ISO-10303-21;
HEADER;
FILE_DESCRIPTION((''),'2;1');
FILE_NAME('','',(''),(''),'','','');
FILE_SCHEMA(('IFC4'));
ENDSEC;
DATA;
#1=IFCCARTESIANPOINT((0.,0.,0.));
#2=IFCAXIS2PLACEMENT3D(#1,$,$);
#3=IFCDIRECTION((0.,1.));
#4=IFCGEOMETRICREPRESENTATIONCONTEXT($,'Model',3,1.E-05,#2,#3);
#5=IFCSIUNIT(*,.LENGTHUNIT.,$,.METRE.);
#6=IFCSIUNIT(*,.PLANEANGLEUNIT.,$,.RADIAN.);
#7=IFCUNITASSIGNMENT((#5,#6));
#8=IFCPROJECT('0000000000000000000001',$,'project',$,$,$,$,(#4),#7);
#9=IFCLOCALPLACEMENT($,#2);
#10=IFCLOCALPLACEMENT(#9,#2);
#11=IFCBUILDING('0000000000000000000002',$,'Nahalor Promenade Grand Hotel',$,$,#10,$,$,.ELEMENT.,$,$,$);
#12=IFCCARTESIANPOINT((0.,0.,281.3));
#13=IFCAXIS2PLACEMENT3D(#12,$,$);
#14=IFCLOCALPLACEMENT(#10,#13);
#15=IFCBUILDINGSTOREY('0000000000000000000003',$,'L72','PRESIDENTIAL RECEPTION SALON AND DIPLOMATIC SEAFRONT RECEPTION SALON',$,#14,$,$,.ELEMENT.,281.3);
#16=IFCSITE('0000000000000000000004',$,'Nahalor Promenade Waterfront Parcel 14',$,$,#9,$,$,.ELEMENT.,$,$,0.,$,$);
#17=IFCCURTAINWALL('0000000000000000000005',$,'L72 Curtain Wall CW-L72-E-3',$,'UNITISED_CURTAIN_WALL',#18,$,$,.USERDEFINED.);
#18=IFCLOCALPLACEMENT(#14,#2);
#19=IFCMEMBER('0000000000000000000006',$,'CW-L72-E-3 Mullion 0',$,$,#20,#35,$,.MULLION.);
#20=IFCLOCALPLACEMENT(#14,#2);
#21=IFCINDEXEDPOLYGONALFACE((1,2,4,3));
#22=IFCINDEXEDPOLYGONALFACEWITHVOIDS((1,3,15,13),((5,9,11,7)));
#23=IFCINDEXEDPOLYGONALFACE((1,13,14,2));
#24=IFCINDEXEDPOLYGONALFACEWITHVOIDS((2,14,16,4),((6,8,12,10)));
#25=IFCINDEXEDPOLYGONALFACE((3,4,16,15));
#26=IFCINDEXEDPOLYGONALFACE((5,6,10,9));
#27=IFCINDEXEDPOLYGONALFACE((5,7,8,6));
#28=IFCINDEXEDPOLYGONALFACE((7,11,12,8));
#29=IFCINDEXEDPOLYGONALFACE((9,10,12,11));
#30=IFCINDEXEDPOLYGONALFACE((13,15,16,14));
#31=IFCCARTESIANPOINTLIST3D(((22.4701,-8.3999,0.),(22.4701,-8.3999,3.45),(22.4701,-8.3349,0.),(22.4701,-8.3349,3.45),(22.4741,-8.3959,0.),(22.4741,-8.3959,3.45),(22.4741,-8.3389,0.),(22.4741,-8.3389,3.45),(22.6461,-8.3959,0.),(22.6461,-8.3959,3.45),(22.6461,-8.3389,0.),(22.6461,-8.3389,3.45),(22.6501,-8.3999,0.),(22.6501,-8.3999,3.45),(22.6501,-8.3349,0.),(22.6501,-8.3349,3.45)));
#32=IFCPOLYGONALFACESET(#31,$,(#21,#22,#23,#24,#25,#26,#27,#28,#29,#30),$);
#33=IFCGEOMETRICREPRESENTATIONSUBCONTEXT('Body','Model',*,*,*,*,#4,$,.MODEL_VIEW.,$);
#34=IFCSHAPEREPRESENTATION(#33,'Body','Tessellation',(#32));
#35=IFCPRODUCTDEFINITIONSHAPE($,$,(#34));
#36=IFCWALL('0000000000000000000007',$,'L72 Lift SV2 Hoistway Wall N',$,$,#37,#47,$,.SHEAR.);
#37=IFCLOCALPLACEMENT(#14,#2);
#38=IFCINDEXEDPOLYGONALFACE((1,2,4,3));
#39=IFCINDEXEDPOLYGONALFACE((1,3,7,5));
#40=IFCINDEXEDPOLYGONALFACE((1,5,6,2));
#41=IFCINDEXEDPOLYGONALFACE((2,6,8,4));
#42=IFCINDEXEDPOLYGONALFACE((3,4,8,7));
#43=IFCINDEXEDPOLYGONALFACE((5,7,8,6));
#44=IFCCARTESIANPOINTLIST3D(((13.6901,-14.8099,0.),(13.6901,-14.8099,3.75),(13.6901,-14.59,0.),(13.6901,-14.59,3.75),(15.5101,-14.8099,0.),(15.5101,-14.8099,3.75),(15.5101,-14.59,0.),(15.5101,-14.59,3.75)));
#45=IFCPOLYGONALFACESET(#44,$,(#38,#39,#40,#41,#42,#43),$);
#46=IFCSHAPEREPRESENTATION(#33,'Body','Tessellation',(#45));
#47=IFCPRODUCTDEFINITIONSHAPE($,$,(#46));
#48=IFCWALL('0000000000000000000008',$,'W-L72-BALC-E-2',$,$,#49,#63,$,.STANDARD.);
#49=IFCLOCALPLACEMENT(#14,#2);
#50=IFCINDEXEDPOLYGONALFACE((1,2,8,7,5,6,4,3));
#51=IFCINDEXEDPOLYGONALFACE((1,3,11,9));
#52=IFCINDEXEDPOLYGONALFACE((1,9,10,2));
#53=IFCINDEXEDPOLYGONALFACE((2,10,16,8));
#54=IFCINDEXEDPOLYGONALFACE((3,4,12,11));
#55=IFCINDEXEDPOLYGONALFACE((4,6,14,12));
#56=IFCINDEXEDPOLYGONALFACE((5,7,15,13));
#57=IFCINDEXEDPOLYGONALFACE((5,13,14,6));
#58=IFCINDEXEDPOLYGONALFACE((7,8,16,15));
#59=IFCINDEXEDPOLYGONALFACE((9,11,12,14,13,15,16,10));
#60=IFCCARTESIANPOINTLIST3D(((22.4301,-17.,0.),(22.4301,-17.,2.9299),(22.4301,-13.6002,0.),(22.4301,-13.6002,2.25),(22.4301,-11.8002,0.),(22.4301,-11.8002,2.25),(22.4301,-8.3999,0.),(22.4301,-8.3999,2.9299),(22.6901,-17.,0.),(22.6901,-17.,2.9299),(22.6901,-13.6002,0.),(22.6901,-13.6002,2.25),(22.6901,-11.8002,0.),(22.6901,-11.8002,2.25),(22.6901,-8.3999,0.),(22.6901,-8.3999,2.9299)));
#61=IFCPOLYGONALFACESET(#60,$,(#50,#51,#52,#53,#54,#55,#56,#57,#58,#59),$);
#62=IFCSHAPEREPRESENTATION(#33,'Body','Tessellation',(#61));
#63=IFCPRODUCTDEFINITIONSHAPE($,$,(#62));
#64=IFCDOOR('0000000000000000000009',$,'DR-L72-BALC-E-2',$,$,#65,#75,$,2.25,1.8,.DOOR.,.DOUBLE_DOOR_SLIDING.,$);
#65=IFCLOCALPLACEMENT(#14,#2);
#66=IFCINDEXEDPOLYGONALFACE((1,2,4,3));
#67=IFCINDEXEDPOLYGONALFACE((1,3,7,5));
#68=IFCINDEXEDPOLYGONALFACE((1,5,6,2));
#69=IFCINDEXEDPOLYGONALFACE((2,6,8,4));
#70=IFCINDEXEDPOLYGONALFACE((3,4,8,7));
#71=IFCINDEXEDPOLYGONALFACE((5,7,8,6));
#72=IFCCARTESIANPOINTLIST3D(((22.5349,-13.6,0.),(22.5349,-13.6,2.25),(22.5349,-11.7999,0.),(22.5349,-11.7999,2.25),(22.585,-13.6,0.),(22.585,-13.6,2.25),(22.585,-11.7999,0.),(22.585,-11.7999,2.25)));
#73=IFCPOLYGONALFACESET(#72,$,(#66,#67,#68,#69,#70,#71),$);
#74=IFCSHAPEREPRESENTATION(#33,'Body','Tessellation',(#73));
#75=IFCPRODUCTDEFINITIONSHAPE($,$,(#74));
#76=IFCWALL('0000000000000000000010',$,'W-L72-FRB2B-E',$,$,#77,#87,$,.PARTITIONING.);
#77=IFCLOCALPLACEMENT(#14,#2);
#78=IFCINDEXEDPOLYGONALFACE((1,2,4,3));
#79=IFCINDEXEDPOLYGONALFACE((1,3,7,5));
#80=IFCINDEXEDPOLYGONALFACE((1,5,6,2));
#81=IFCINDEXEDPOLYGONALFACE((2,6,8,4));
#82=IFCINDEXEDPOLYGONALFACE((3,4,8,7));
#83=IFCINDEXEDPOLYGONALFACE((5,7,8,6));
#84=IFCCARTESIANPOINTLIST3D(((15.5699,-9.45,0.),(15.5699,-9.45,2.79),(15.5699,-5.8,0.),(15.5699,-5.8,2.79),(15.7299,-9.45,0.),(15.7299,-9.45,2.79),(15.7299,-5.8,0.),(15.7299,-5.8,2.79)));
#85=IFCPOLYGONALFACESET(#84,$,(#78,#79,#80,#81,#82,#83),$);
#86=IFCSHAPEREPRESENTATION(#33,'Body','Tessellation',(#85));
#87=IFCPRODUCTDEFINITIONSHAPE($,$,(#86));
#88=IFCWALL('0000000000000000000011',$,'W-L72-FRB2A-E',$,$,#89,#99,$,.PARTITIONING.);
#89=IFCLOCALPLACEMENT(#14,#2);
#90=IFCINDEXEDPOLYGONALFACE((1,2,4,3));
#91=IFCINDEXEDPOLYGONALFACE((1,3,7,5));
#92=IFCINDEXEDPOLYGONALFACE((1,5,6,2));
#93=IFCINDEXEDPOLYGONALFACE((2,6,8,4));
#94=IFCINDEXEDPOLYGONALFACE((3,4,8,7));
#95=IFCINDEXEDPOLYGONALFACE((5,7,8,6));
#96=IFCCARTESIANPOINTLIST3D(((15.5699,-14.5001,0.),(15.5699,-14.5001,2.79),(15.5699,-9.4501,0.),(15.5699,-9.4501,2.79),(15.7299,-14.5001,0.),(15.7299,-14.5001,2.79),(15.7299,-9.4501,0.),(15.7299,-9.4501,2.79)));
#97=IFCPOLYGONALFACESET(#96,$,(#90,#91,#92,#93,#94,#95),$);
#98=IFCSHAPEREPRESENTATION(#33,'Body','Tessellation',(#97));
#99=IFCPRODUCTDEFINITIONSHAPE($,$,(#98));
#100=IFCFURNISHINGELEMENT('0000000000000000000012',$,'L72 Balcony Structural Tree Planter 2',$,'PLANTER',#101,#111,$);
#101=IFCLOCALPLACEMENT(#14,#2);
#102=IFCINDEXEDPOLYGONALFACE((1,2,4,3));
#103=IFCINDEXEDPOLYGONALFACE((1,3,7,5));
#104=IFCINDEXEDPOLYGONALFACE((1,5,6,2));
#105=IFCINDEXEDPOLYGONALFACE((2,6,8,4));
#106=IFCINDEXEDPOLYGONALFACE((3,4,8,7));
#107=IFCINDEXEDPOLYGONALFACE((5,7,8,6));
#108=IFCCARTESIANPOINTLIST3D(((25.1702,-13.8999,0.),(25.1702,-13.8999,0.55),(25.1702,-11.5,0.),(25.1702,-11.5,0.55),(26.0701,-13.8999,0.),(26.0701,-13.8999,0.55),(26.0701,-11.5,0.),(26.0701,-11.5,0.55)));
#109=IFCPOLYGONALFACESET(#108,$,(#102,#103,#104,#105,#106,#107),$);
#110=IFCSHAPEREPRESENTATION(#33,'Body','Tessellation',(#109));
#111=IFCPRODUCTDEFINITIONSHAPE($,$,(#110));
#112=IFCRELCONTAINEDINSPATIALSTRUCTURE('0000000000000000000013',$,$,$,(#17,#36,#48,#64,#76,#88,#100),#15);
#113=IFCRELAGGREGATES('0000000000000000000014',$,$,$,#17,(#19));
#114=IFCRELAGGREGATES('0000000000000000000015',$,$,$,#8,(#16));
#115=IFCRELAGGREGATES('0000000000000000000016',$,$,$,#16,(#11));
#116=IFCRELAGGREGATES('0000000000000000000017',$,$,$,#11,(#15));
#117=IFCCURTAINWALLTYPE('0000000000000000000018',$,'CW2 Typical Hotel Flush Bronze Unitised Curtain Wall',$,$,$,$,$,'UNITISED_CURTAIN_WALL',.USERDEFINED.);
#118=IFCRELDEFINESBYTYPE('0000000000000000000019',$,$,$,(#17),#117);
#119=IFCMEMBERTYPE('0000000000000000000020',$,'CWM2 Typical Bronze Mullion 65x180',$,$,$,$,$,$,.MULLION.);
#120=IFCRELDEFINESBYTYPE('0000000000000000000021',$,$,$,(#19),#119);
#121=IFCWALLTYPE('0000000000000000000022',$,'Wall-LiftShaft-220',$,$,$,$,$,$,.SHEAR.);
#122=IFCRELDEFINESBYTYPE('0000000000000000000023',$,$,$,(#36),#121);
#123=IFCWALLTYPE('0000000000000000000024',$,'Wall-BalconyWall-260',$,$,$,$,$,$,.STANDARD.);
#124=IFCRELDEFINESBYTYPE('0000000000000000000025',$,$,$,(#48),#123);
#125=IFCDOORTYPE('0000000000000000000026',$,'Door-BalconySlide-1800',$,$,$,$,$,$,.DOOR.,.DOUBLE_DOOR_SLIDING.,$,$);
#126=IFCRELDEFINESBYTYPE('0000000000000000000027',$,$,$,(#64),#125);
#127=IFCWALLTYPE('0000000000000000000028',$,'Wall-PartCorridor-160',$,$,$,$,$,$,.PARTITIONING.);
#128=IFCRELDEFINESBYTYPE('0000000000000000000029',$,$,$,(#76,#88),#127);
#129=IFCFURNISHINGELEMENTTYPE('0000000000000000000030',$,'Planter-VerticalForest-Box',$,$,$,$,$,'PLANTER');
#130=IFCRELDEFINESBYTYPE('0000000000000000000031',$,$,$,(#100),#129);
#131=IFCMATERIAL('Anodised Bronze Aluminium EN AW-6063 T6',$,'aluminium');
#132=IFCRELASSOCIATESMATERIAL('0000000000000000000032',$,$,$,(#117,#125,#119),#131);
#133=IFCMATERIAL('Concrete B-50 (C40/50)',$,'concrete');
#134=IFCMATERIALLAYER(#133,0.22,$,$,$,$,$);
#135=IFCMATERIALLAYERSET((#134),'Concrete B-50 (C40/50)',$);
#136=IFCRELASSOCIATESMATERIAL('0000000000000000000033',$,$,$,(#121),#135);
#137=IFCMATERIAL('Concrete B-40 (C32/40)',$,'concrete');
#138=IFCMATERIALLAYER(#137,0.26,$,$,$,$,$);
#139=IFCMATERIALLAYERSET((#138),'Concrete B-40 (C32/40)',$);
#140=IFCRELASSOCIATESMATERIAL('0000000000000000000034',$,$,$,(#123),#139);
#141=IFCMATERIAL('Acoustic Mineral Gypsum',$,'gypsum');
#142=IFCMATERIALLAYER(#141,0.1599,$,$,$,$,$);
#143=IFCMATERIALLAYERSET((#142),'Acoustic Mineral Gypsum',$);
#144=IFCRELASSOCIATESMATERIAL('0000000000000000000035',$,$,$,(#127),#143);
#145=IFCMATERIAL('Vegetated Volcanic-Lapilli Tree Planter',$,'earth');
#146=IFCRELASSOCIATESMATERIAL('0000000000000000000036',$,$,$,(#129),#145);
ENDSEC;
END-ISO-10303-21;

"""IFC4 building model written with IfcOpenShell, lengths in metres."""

from ifc_helpers import new_model, si_unit, direction, frame, frame_2d, origin, origin_2d, place, context, subcontext, project, spatial, rectangle, hollow_rectangle, extrude, source, transform, mapped, material, layer, layer_set, material_profile, profile_set, type_object, element, fill, aggregate, save


model = new_model("IFC4")

# Units and contexts
model_context = context("Model", 3, precision=1e-05, world=origin(), true_north=direction((0.0, 1.0)))
body_context = subcontext(model_context, "Body", "Model", "MODEL_VIEW")
ifc_project = project(units=[si_unit("LENGTHUNIT", "METRE"), si_unit("PLANEANGLEUNIT", "RADIAN")], contexts=[model_context])

# Site, building, storey
site_placement = place(None, origin())
site = spatial("IfcSite", under=ifc_project, at=site_placement, Name="Nahalor Promenade Waterfront Parcel 14", CompositionType="ELEMENT", RefElevation=0.0)
building_placement = place(site_placement, origin())
building = spatial("IfcBuilding", under=site, at=building_placement, Name="Nahalor Promenade Grand Hotel", CompositionType="ELEMENT")
storey_placement = place(building_placement, frame((0.0, 0.0, 281.3)))
storey = spatial("IfcBuildingStorey", under=building, at=storey_placement, Name="L72", Description="PRESIDENTIAL RECEPTION SALON AND DIPLOMATIC SEAFRONT RECEPTION SALON", CompositionType="ELEMENT", Elevation=281.3)

# Curtain wall, member
ifc_material_1 = material(Name="Anodised Bronze Aluminium EN AW-6063 T6", Category="aluminium")
curtain_wall_type = type_object("IfcCurtainWallType", Name="CW2 Typical Hotel Flush Bronze Unitised Curtain Wall", ElementType="UNITISED_CURTAIN_WALL", PredefinedType="USERDEFINED", material=ifc_material_1)
curtain_wall_placement = place(storey_placement, origin())
curtain_wall = element("IfcCurtainWall", 1, at=curtain_wall_placement, inside=storey, type_object=curtain_wall_type, Name="L72 Curtain Wall CW-L72-E-3", ObjectType="UNITISED_CURTAIN_WALL", PredefinedType="USERDEFINED")
ifc_material_profile_1 = material_profile(ifc_material_1, hollow_rectangle(XDim=0.065, YDim=0.18, WallThickness=0.004, at=origin_2d()), Name="CWM 65x180x4")
ifc_profile_set_1 = profile_set([ifc_material_profile_1], Name="Anodised Bronze Aluminium EN AW-6063 T6")
member_type_1 = type_object("IfcMemberType", Name="CWM2 Typical Bronze Mullion 65x180", PredefinedType="MULLION", material=ifc_profile_set_1)
shared_shape_1 = source(origin(), body_context, "Body", "SweptSolid", [
    extrude(hollow_rectangle(XDim=0.065, YDim=0.18, WallThickness=0.004, at=origin_2d()), origin(), (0.0, 0.0, 1.0), 3.45),
])
member_1_placement = place(storey_placement, frame((22.5601, -8.3674, 0.0), z_axis=(0.0, 0.0, 1.0), x_axis=(0.0, 1.0, 0.0)))
member_1 = element("IfcMember", 2, at=member_1_placement, type_object=member_type_1, Name="CW-L72-E-3 Mullion 0", PredefinedType="MULLION", context=body_context, shape_type="MappedRepresentation", body=[
    mapped(shared_shape_1, transform((0.0, 0.0, 0.0), scale=1.0)),
])
aggregate(curtain_wall, [member_1])

# Wall
ifc_material_2 = material(Name="Concrete B-50 (C40/50)", Category="concrete")
ifc_layer_1 = layer(ifc_material_2, 0.22)
ifc_layer_set_1 = layer_set([ifc_layer_1], Name="Concrete B-50 (C40/50)")
wall_type_1 = type_object("IfcWallType", Name="Wall-LiftShaft-220", PredefinedType="SHEAR", material=ifc_layer_set_1)
shared_shape_2 = source(origin(), body_context, "Body", "SweptSolid", [
    extrude(rectangle(XDim=1.8201, YDim=0.22, at=frame_2d((0.9102, 0.0))), origin(), (0.0, 0.0, 1.0), 3.75),
])
wall_1_placement = place(storey_placement, frame((13.6899, -14.7, 0.0), z_axis=(0.0, 0.0, 1.0), x_axis=(1.0, 0.0, 0.0)))
element("IfcWall", 3, at=wall_1_placement, inside=storey, type_object=wall_type_1, Name="L72 Lift SV2 Hoistway Wall N", PredefinedType="SHEAR", context=body_context, shape_type="MappedRepresentation", body=[
    mapped(shared_shape_2, transform((0.0, 0.0, 0.0), scale=1.0)),
])

# Wall, opening, door
ifc_material_3 = material(Name="Concrete B-40 (C32/40)", Category="concrete")
ifc_layer_2 = layer(ifc_material_3, 0.26)
ifc_layer_set_2 = layer_set([ifc_layer_2], Name="Concrete B-40 (C32/40)")
wall_type_2 = type_object("IfcWallType", Name="Wall-BalconyWall-260", PredefinedType="STANDARD", material=ifc_layer_set_2)
shared_shape_3 = source(origin(), body_context, "Body", "SweptSolid", [
    extrude(rectangle(XDim=8.6001, YDim=0.26, at=frame_2d((4.3, 0.0))), origin(), (0.0, 0.0, 1.0), 2.9299),
])
wall_2_placement = place(storey_placement, frame((22.5601, -17.0, 0.0), z_axis=(0.0, 0.0, 1.0), x_axis=(0.0, 1.0, 0.0)))
wall_2 = element("IfcWall", 4, at=wall_2_placement, inside=storey, type_object=wall_type_2, Name="W-L72-BALC-E-2", PredefinedType="STANDARD", context=body_context, shape_type="MappedRepresentation", body=[
    mapped(shared_shape_3, transform((0.0, 0.0, 0.0), scale=1.0)),
])
opening_placement = place(wall_2_placement, frame((3.3999, 0.0, 0.0)))
opening = element("IfcOpeningElement", 5, at=opening_placement, cuts=wall_2, PredefinedType="OPENING", context=body_context, shape_type="SweptSolid", body=[
    extrude(rectangle(XDim=1.8, YDim=2.25, at=frame_2d((0.8999, 1.125))), frame((0.0, 0.1399, 0.0), z_axis=(0.0, -1.0, 0.0), x_axis=(1.0, 0.0, 0.0)), (0.0, 0.0, 1.0), 0.28),
])
door_type = type_object("IfcDoorType", Name="Door-BalconySlide-1800", OperationType="DOUBLE_DOOR_SLIDING", PredefinedType="DOOR", material=ifc_material_1)
shared_shape_4 = source(origin(), body_context, "Body", "SweptSolid", [
    extrude(rectangle(XDim=1.8, YDim=2.25, at=frame_2d((0.8999, 1.125))), frame((0.0, 0.0249, 0.0), z_axis=(0.0, -1.0, 0.0), x_axis=(1.0, 0.0, 0.0)), (0.0, 0.0, 1.0), 0.05),
])
door_placement = place(opening_placement, frame((1.8, 0.0, 0.0), z_axis=(0.0, 0.0, 1.0), x_axis=(-1.0, 0.0, 0.0)))
door = element("IfcDoor", 6, at=door_placement, inside=storey, type_object=door_type, Name="DR-L72-BALC-E-2", OperationType="DOUBLE_DOOR_SLIDING", OverallHeight=2.25, OverallWidth=1.8, PredefinedType="DOOR", context=body_context, shape_type="MappedRepresentation", body=[
    mapped(shared_shape_4, transform((0.0, 0.0, 0.0), scale=1.0)),
])
fill(opening, door)

# Walls
ifc_material_4 = material(Name="Acoustic Mineral Gypsum", Category="gypsum")
ifc_layer_3 = layer(ifc_material_4, 0.1599)
ifc_layer_set_3 = layer_set([ifc_layer_3], Name="Acoustic Mineral Gypsum")
wall_type_3 = type_object("IfcWallType", Name="Wall-PartCorridor-160", PredefinedType="PARTITIONING", material=ifc_layer_set_3)
shared_shape_5 = source(origin(), body_context, "Body", "SweptSolid", [
    extrude(rectangle(XDim=3.6499, YDim=0.1599, at=frame_2d((1.825, 0.0))), origin(), (0.0, 0.0, 1.0), 2.79),
])
wall_3_placement = place(storey_placement, frame((15.6499, -9.45, 0.0), z_axis=(0.0, 0.0, 1.0), x_axis=(0.0, 1.0, 0.0)))
element("IfcWall", 7, at=wall_3_placement, inside=storey, type_object=wall_type_3, Name="W-L72-FRB2B-E", PredefinedType="PARTITIONING", context=body_context, shape_type="MappedRepresentation", body=[
    mapped(shared_shape_5, transform((0.0, 0.0, 0.0), scale=1.0)),
])
shared_shape_6 = source(origin(), body_context, "Body", "SweptSolid", [
    extrude(rectangle(XDim=5.05, YDim=0.1599, at=frame_2d((2.5249, 0.0))), origin(), (0.0, 0.0, 1.0), 2.79),
])
wall_4_placement = place(storey_placement, frame((15.6499, -14.5, 0.0), z_axis=(0.0, 0.0, 1.0), x_axis=(0.0, 1.0, 0.0)))
element("IfcWall", 8, at=wall_4_placement, inside=storey, type_object=wall_type_3, Name="W-L72-FRB2A-E", PredefinedType="PARTITIONING", context=body_context, shape_type="MappedRepresentation", body=[
    mapped(shared_shape_6, transform((0.0, 0.0, 0.0), scale=1.0)),
])

# Furnishing element
ifc_material_5 = material(Name="Vegetated Volcanic-Lapilli Tree Planter", Category="earth")
furnishing_element_type = type_object("IfcFurnishingElementType", Name="Planter-VerticalForest-Box", ElementType="PLANTER", material=ifc_material_5)
shared_shape_7 = source(origin(), body_context, "Body", "SweptSolid", [
    extrude(rectangle(XDim=2.3999, YDim=0.8999, at=origin_2d()), origin(), (0.0, 0.0, 1.0), 0.55),
])
furnishing_placement = place(storey_placement, frame((25.6201, -12.7, 0.0), z_axis=(0.0, 0.0, 1.0), x_axis=(0.0, 1.0, 0.0)))
element("IfcFurnishingElement", 9, at=furnishing_placement, inside=storey, type_object=furnishing_element_type, Name="L72 Balcony Structural Tree Planter 2", ObjectType="PLANTER", context=body_context, shape_type="MappedRepresentation", body=[
    mapped(shared_shape_7, transform((0.0, 0.0, 0.0), scale=1.0)),
])

save(model, "model.ifc")
